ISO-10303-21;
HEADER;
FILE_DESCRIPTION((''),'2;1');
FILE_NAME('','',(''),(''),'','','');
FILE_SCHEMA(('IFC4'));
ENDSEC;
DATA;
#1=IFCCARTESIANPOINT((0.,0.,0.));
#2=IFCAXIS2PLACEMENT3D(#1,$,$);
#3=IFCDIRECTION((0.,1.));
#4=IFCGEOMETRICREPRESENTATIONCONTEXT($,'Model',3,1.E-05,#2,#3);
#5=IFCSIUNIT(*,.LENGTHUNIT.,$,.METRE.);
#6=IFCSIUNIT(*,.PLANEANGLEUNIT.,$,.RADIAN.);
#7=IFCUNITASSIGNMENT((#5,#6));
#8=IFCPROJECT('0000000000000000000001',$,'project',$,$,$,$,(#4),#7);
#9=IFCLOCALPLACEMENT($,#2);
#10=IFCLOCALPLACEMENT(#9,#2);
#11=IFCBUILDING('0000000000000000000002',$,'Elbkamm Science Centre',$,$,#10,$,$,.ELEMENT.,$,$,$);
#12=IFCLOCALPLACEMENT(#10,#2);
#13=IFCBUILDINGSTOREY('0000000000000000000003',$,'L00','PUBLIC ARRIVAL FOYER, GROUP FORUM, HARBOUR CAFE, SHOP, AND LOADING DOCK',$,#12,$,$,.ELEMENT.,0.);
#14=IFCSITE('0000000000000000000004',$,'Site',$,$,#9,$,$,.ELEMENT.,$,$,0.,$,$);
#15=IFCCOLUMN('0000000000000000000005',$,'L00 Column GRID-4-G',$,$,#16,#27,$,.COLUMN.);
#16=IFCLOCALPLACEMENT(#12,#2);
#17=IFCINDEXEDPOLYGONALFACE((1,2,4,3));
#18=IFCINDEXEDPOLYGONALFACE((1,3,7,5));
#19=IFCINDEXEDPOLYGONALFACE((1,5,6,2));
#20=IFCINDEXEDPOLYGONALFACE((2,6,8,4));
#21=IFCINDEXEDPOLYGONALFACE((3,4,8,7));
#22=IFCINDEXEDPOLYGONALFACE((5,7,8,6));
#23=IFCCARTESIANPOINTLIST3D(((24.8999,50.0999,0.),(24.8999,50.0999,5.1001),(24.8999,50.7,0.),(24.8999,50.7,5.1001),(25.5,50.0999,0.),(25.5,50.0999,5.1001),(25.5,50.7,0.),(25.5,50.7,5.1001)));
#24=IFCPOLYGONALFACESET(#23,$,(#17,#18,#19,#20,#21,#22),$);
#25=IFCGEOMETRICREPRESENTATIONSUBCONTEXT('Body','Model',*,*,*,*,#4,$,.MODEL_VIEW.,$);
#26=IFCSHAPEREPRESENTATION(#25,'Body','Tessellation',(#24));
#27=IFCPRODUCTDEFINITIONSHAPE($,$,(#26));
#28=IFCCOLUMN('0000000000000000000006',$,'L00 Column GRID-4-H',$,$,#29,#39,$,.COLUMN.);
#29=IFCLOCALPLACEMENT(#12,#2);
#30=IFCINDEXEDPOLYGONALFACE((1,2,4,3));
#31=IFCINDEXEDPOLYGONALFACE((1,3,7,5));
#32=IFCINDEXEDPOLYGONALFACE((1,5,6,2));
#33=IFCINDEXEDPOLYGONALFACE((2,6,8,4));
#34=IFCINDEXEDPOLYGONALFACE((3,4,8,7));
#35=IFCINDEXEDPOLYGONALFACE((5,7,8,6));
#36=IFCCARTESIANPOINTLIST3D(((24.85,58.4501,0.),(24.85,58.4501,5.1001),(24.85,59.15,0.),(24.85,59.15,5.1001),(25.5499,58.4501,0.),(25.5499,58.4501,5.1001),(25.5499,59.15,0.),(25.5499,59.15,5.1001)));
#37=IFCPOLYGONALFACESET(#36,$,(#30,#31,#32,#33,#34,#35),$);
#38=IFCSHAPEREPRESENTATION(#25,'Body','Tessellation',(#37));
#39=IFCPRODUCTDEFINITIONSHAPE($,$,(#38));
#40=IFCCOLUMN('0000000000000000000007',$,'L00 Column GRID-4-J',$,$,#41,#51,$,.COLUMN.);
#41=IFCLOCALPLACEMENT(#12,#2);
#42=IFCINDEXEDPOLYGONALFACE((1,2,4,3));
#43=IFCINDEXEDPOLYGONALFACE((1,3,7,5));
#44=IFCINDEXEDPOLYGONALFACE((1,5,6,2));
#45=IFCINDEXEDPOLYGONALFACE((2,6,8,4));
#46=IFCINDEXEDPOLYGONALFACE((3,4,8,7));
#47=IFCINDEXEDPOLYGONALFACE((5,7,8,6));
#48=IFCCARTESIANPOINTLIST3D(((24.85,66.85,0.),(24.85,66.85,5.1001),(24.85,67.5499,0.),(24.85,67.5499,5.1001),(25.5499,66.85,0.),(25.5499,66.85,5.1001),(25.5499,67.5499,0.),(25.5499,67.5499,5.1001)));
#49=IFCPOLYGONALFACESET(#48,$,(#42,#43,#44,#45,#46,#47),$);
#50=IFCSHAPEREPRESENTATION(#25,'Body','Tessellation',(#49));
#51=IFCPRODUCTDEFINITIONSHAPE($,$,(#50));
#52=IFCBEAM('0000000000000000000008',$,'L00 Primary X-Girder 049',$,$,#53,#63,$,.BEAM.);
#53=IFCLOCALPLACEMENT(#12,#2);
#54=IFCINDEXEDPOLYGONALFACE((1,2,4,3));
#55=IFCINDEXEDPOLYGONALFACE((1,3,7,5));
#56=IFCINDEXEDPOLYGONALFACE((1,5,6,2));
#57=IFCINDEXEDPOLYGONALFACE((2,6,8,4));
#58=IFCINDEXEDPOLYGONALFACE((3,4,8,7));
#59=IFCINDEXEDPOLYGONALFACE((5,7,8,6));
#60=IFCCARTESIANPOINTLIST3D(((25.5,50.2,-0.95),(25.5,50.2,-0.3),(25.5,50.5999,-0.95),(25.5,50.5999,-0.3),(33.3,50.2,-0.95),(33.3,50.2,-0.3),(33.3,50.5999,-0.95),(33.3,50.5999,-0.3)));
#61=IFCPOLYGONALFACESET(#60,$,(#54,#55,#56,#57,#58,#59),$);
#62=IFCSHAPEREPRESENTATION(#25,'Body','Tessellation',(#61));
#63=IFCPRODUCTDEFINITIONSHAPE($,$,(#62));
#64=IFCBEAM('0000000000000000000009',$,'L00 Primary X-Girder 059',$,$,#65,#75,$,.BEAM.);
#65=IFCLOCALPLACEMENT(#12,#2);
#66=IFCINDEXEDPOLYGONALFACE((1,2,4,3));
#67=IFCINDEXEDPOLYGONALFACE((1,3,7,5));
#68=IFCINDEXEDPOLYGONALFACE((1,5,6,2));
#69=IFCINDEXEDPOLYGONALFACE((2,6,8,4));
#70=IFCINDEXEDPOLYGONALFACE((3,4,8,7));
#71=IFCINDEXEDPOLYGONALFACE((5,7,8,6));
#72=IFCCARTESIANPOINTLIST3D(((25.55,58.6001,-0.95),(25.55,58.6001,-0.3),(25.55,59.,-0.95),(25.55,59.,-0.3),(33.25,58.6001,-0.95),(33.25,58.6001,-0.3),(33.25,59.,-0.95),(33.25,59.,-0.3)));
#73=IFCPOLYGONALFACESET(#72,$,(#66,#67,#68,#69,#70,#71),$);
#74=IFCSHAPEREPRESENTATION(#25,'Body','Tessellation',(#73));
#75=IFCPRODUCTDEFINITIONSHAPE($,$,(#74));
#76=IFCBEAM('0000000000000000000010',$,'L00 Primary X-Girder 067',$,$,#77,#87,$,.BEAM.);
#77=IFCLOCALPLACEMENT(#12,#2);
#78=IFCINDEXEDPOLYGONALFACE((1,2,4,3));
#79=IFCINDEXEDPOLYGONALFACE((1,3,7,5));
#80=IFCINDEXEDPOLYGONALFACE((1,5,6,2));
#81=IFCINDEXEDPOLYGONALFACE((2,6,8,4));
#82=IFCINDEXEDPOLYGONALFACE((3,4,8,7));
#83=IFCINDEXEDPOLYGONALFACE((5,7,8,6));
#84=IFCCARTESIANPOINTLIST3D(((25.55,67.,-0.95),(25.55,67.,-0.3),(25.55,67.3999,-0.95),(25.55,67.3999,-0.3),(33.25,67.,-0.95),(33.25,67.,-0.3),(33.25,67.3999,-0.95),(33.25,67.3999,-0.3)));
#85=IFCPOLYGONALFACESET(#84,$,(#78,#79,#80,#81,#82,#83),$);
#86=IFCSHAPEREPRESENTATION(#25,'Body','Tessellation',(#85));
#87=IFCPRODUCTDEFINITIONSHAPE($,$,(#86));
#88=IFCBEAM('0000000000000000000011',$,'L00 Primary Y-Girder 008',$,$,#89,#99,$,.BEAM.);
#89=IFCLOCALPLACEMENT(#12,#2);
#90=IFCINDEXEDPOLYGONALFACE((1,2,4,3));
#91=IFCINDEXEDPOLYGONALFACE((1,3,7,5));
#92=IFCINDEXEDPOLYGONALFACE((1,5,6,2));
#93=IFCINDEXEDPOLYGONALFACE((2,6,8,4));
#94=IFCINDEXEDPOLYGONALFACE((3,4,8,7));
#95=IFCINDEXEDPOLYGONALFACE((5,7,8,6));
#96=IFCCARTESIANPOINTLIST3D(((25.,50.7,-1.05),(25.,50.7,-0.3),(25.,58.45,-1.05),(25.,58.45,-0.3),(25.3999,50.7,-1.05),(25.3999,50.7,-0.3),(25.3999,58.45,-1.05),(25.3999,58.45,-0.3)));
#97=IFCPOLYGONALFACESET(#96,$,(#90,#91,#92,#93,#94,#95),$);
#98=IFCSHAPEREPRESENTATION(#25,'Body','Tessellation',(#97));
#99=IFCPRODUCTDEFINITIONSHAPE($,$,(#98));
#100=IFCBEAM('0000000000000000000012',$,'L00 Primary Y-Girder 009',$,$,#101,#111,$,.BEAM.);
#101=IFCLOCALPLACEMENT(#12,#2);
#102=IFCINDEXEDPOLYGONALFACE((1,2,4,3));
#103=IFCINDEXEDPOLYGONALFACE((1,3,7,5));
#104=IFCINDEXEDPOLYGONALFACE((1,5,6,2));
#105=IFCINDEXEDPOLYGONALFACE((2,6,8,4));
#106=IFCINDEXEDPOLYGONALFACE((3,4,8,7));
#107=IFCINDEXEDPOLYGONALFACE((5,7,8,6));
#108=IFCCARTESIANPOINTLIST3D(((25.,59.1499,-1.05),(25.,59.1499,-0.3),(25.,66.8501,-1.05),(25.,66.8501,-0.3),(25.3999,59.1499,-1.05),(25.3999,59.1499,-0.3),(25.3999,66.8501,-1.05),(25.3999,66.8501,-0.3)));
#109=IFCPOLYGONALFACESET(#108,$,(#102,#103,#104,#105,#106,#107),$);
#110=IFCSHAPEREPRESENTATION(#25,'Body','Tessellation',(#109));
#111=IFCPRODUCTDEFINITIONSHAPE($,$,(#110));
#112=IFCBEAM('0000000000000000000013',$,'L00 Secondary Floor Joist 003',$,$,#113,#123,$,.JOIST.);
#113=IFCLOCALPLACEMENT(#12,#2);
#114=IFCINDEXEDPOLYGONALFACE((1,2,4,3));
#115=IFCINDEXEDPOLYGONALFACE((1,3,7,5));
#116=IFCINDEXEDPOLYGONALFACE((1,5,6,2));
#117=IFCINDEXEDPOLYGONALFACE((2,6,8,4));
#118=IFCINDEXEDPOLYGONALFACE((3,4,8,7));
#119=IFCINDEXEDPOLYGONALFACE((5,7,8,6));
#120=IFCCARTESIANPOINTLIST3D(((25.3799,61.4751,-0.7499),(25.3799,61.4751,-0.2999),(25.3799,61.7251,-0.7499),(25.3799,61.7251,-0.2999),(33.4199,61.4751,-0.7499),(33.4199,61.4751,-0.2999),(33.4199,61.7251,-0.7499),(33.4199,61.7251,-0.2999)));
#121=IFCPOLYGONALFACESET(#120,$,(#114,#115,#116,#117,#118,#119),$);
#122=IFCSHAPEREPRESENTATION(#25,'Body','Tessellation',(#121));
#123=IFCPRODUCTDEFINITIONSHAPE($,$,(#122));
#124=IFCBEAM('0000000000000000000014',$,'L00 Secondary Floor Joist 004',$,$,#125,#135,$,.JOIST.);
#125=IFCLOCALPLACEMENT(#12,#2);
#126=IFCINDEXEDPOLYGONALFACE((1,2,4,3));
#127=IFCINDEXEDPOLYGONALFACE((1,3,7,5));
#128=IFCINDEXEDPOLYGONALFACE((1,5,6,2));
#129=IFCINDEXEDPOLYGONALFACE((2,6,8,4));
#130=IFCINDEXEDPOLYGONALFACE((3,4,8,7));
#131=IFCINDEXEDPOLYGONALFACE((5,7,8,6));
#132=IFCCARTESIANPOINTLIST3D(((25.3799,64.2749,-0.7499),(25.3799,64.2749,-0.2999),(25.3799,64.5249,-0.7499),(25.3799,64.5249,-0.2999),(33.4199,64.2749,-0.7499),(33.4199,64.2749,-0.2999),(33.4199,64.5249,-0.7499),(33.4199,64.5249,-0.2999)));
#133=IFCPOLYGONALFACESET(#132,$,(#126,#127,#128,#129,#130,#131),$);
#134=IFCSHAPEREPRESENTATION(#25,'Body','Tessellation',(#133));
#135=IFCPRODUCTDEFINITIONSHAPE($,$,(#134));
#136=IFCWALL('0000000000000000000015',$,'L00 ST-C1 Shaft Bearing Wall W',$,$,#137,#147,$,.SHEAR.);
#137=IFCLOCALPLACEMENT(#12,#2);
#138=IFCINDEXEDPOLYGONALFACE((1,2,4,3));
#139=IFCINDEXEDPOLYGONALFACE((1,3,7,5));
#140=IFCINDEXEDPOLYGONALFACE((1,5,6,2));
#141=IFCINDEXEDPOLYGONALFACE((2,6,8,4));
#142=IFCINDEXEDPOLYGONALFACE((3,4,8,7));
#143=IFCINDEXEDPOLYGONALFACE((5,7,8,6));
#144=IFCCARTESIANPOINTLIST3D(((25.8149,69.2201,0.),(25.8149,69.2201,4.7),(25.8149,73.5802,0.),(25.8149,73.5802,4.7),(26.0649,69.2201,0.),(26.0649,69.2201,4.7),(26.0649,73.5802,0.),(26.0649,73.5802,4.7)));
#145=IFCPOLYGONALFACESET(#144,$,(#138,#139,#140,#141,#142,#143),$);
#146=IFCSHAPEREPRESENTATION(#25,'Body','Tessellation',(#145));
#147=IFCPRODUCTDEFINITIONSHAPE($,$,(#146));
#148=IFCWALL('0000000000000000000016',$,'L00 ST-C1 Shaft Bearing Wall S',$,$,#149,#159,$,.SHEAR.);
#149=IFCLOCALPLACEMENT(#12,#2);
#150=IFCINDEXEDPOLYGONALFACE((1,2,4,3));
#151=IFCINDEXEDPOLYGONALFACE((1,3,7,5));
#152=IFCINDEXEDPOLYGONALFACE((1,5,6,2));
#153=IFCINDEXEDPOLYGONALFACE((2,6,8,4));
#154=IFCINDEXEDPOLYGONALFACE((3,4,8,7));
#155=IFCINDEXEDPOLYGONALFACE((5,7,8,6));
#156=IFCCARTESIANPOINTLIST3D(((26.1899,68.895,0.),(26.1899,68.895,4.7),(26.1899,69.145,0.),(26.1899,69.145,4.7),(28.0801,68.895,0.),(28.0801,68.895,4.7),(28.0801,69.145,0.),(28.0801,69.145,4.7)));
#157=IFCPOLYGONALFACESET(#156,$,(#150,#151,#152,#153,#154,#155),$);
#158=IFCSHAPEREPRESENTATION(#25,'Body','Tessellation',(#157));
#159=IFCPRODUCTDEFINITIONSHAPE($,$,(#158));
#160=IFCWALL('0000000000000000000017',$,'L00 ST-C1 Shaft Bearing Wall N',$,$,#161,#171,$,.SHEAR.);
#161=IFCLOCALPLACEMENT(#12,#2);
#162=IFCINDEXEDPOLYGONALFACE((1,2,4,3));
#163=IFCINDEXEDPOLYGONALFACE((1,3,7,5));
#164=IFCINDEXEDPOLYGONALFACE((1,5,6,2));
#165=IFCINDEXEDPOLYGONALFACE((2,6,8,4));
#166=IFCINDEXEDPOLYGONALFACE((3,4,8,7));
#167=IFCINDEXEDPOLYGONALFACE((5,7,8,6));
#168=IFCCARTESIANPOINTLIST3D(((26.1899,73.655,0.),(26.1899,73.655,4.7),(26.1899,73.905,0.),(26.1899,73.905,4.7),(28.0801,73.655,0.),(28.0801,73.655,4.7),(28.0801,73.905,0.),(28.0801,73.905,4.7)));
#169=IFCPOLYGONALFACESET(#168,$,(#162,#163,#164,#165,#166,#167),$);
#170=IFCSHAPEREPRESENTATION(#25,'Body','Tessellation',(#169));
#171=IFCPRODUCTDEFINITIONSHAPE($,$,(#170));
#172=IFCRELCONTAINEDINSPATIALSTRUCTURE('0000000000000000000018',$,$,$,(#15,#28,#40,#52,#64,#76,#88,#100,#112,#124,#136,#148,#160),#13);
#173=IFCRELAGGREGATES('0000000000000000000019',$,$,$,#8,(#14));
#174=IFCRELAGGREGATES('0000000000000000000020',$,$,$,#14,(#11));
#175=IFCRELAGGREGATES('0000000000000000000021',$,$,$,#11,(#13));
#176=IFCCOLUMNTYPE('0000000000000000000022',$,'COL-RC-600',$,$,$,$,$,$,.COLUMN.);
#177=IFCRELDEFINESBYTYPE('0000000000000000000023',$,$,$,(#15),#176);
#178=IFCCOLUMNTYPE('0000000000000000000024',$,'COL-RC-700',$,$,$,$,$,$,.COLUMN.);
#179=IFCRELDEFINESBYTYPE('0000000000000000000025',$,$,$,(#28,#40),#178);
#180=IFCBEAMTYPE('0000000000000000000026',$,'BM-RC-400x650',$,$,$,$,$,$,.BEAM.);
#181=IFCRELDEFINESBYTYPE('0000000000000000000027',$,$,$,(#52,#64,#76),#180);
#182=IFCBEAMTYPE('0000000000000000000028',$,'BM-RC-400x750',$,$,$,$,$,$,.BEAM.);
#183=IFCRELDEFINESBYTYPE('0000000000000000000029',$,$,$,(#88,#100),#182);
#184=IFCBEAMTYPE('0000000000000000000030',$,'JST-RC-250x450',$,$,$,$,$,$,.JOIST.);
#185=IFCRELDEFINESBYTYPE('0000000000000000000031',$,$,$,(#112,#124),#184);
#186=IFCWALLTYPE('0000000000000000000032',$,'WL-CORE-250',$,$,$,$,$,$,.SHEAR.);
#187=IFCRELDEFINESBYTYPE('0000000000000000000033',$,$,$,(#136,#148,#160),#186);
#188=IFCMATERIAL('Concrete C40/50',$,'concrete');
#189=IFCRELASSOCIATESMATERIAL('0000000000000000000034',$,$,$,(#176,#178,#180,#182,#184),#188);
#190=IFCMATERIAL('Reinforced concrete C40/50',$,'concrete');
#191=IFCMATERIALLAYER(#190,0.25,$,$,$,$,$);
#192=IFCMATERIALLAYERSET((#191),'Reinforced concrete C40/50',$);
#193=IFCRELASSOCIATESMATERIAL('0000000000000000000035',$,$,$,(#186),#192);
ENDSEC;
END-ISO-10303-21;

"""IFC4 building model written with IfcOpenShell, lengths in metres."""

from ifc_helpers import new_model, si_unit, direction, frame, frame_2d, origin, origin_2d, place, context, subcontext, project, spatial, rectangle, extrude, material, layer, layer_set, material_profile, profile_set, type_object, element, save


model = new_model("IFC4")

# Units and contexts
model_context = context("Model", 3, precision=1e-05, world=origin(), true_north=direction((0.0, 1.0)))
body_context = subcontext(model_context, "Body", "Model", "MODEL_VIEW")
ifc_project = project(units=[si_unit("LENGTHUNIT", "METRE"), si_unit("PLANEANGLEUNIT", "RADIAN")], contexts=[model_context])

# Site, building, storey
site_placement = place(None, origin())
site = spatial("IfcSite", under=ifc_project, at=site_placement, Name="Site", CompositionType="ELEMENT", RefElevation=0.0)
building_placement = place(site_placement, origin())
building = spatial("IfcBuilding", under=site, at=building_placement, Name="Elbkamm Science Centre", CompositionType="ELEMENT")
storey_placement = place(building_placement, origin())
storey = spatial("IfcBuildingStorey", under=building, at=storey_placement, Name="L00", Description="PUBLIC ARRIVAL FOYER, GROUP FORUM, HARBOUR CAFE, SHOP, AND LOADING DOCK", CompositionType="ELEMENT", Elevation=0.0)

# Columns
ifc_material_1 = material(Name="Concrete C40/50", Category="concrete")
ifc_material_profile_1 = material_profile(ifc_material_1, rectangle(XDim=0.6001, YDim=0.6001, at=origin_2d()), Name="RC 600x600")
ifc_profile_set_1 = profile_set([ifc_material_profile_1], Name="Concrete C40/50")
column_type_1 = type_object("IfcColumnType", Name="COL-RC-600", PredefinedType="COLUMN", material=ifc_profile_set_1)
column_placement = place(storey_placement, frame((25.2, 50.3999, 0.0), z_axis=(0.0, 0.0, 1.0), x_axis=(1.0, 0.0, 0.0)))
element("IfcColumn", 1, at=column_placement, inside=storey, type_object=column_type_1, Name="L00 Column GRID-4-G", PredefinedType="COLUMN", context=body_context, shape_type="SweptSolid", body=[
    extrude(rectangle(XDim=0.6001, YDim=0.6001, at=origin_2d()), origin(), (0.0, 0.0, 1.0), 5.1001),
])
ifc_material_profile_2 = material_profile(ifc_material_1, rectangle(XDim=0.7, YDim=0.7, at=origin_2d()), Name="RC 700x700")
ifc_profile_set_2 = profile_set([ifc_material_profile_2], Name="Concrete C40/50")
column_type_2 = type_object("IfcColumnType", Name="COL-RC-700", PredefinedType="COLUMN", material=ifc_profile_set_2)
for number, where, z_axis, x_axis, name in (
    (2, (25.2, 58.8, 0.0), (0.0, 0.0, 1.0), (1.0, 0.0, 0.0), "L00 Column GRID-4-H"),
    (3, (25.2, 67.2, 0.0), (0.0, 0.0, 1.0), (1.0, 0.0, 0.0), "L00 Column GRID-4-J"),
):
    element("IfcColumn", number, at=place(storey_placement, frame(where, z_axis=z_axis, x_axis=x_axis)), inside=storey, type_object=column_type_2, Name=name, PredefinedType="COLUMN", context=body_context, shape_type="SweptSolid", body=[
        extrude(rectangle(XDim=0.7, YDim=0.7, at=origin_2d()), origin(), (0.0, 0.0, 1.0), 5.1001),
    ])

# Beams
ifc_material_profile_3 = material_profile(ifc_material_1, rectangle(XDim=0.3999, YDim=0.6499, at=origin_2d()), Name="RC 400x650")
ifc_profile_set_3 = profile_set([ifc_material_profile_3], Name="Concrete C40/50")
beam_type_1 = type_object("IfcBeamType", Name="BM-RC-400x650", PredefinedType="BEAM", material=ifc_profile_set_3)
beam_1_placement = place(storey_placement, frame((25.5, 50.3999, -0.625), z_axis=(1.0, 0.0, 0.0), x_axis=(0.0, 1.0, 0.0)))
element("IfcBeam", 4, at=beam_1_placement, inside=storey, type_object=beam_type_1, Name="L00 Primary X-Girder 049", PredefinedType="BEAM", context=body_context, shape_type="SweptSolid", body=[
    extrude(rectangle(XDim=0.3999, YDim=0.6499, at=origin_2d()), origin(), (0.0, 0.0, 1.0), 7.8),
])
for number, where, z_axis, x_axis, name in (
    (5, (25.55, 58.8, -0.625), (1.0, 0.0, 0.0), (0.0, 1.0, 0.0), "L00 Primary X-Girder 059"),
    (6, (25.55, 67.2, -0.625), (1.0, 0.0, 0.0), (0.0, 1.0, 0.0), "L00 Primary X-Girder 067"),
):
    element("IfcBeam", number, at=place(storey_placement, frame(where, z_axis=z_axis, x_axis=x_axis)), inside=storey, type_object=beam_type_1, Name=name, PredefinedType="BEAM", context=body_context, shape_type="SweptSolid", body=[
        extrude(rectangle(XDim=0.3999, YDim=0.6499, at=origin_2d()), origin(), (0.0, 0.0, 1.0), 7.7),
    ])
ifc_material_profile_4 = material_profile(ifc_material_1, rectangle(XDim=0.3999, YDim=0.75, at=origin_2d()), Name="RC 400x750")
ifc_profile_set_4 = profile_set([ifc_material_profile_4], Name="Concrete C40/50")
beam_type_2 = type_object("IfcBeamType", Name="BM-RC-400x750", PredefinedType="BEAM", material=ifc_profile_set_4)
beam_2_placement = place(storey_placement, frame((25.2, 50.7, -0.675), z_axis=(0.0, 1.0, 0.0), x_axis=(-1.0, 0.0, 0.0)))
element("IfcBeam", 7, at=beam_2_placement, inside=storey, type_object=beam_type_2, Name="L00 Primary Y-Girder 008", PredefinedType="BEAM", context=body_context, shape_type="SweptSolid", body=[
    extrude(rectangle(XDim=0.3999, YDim=0.75, at=origin_2d()), origin(), (0.0, 0.0, 1.0), 7.75),
])
beam_3_placement = place(storey_placement, frame((25.2, 59.1499, -0.675), z_axis=(0.0, 1.0, 0.0), x_axis=(-1.0, 0.0, 0.0)))
element("IfcBeam", 8, at=beam_3_placement, inside=storey, type_object=beam_type_2, Name="L00 Primary Y-Girder 009", PredefinedType="BEAM", context=body_context, shape_type="SweptSolid", body=[
    extrude(rectangle(XDim=0.3999, YDim=0.75, at=origin_2d()), origin(), (0.0, 0.0, 1.0), 7.7002),
])
ifc_material_profile_5 = material_profile(ifc_material_1, rectangle(XDim=0.25, YDim=0.45, at=origin_2d()), Name="RC 250x450")
ifc_profile_set_5 = profile_set([ifc_material_profile_5], Name="Concrete C40/50")
beam_type_3 = type_object("IfcBeamType", Name="JST-RC-250x450", PredefinedType="JOIST", material=ifc_profile_set_5)
for number, where, z_axis, x_axis, name in (
    (9, (25.3799, 61.6001, -0.5249), (1.0, 0.0, 0.0), (0.0, 1.0, 0.0), "L00 Secondary Floor Joist 003"),
    (10, (25.3799, 64.3999, -0.5249), (1.0, 0.0, 0.0), (0.0, 1.0, 0.0), "L00 Secondary Floor Joist 004"),
):
    element("IfcBeam", number, at=place(storey_placement, frame(where, z_axis=z_axis, x_axis=x_axis)), inside=storey, type_object=beam_type_3, Name=name, PredefinedType="JOIST", context=body_context, shape_type="SweptSolid", body=[
        extrude(rectangle(XDim=0.25, YDim=0.45, at=origin_2d()), origin(), (0.0, 0.0, 1.0), 8.04),
    ])

# Walls
ifc_material_2 = material(Name="Reinforced concrete C40/50", Category="concrete")
ifc_layer_1 = layer(ifc_material_2, 0.25)
ifc_layer_set_1 = layer_set([ifc_layer_1], Name="Reinforced concrete C40/50")
wall_type_1 = type_object("IfcWallType", Name="WL-CORE-250", PredefinedType="SHEAR", material=ifc_layer_set_1)
wall_1_placement = place(storey_placement, frame((25.9399, 69.22, 0.0), z_axis=(0.0, 0.0, 1.0), x_axis=(0.0, 1.0, 0.0)))
element("IfcWall", 11, at=wall_1_placement, inside=storey, type_object=wall_type_1, Name="L00 ST-C1 Shaft Bearing Wall W", PredefinedType="SHEAR", context=body_context, shape_type="SweptSolid", body=[
    extrude(rectangle(XDim=4.3601, YDim=0.25, at=frame_2d((2.1802, 0.0))), origin(), (0.0, 0.0, 1.0), 4.7),
])
for number, where, z_axis, x_axis, name in (
    (12, (26.1899, 69.02, 0.0), (0.0, 0.0, 1.0), (1.0, 0.0, 0.0), "L00 ST-C1 Shaft Bearing Wall S"),
    (13, (26.1899, 73.78, 0.0), (0.0, 0.0, 1.0), (1.0, 0.0, 0.0), "L00 ST-C1 Shaft Bearing Wall N"),
):
    element("IfcWall", number, at=place(storey_placement, frame(where, z_axis=z_axis, x_axis=x_axis)), inside=storey, type_object=wall_type_1, Name=name, PredefinedType="SHEAR", context=body_context, shape_type="SweptSolid", body=[
        extrude(rectangle(XDim=1.8901, YDim=0.25, at=frame_2d((0.9451, 0.0))), origin(), (0.0, 0.0, 1.0), 4.7),
    ])

save(model, "model.ifc")
